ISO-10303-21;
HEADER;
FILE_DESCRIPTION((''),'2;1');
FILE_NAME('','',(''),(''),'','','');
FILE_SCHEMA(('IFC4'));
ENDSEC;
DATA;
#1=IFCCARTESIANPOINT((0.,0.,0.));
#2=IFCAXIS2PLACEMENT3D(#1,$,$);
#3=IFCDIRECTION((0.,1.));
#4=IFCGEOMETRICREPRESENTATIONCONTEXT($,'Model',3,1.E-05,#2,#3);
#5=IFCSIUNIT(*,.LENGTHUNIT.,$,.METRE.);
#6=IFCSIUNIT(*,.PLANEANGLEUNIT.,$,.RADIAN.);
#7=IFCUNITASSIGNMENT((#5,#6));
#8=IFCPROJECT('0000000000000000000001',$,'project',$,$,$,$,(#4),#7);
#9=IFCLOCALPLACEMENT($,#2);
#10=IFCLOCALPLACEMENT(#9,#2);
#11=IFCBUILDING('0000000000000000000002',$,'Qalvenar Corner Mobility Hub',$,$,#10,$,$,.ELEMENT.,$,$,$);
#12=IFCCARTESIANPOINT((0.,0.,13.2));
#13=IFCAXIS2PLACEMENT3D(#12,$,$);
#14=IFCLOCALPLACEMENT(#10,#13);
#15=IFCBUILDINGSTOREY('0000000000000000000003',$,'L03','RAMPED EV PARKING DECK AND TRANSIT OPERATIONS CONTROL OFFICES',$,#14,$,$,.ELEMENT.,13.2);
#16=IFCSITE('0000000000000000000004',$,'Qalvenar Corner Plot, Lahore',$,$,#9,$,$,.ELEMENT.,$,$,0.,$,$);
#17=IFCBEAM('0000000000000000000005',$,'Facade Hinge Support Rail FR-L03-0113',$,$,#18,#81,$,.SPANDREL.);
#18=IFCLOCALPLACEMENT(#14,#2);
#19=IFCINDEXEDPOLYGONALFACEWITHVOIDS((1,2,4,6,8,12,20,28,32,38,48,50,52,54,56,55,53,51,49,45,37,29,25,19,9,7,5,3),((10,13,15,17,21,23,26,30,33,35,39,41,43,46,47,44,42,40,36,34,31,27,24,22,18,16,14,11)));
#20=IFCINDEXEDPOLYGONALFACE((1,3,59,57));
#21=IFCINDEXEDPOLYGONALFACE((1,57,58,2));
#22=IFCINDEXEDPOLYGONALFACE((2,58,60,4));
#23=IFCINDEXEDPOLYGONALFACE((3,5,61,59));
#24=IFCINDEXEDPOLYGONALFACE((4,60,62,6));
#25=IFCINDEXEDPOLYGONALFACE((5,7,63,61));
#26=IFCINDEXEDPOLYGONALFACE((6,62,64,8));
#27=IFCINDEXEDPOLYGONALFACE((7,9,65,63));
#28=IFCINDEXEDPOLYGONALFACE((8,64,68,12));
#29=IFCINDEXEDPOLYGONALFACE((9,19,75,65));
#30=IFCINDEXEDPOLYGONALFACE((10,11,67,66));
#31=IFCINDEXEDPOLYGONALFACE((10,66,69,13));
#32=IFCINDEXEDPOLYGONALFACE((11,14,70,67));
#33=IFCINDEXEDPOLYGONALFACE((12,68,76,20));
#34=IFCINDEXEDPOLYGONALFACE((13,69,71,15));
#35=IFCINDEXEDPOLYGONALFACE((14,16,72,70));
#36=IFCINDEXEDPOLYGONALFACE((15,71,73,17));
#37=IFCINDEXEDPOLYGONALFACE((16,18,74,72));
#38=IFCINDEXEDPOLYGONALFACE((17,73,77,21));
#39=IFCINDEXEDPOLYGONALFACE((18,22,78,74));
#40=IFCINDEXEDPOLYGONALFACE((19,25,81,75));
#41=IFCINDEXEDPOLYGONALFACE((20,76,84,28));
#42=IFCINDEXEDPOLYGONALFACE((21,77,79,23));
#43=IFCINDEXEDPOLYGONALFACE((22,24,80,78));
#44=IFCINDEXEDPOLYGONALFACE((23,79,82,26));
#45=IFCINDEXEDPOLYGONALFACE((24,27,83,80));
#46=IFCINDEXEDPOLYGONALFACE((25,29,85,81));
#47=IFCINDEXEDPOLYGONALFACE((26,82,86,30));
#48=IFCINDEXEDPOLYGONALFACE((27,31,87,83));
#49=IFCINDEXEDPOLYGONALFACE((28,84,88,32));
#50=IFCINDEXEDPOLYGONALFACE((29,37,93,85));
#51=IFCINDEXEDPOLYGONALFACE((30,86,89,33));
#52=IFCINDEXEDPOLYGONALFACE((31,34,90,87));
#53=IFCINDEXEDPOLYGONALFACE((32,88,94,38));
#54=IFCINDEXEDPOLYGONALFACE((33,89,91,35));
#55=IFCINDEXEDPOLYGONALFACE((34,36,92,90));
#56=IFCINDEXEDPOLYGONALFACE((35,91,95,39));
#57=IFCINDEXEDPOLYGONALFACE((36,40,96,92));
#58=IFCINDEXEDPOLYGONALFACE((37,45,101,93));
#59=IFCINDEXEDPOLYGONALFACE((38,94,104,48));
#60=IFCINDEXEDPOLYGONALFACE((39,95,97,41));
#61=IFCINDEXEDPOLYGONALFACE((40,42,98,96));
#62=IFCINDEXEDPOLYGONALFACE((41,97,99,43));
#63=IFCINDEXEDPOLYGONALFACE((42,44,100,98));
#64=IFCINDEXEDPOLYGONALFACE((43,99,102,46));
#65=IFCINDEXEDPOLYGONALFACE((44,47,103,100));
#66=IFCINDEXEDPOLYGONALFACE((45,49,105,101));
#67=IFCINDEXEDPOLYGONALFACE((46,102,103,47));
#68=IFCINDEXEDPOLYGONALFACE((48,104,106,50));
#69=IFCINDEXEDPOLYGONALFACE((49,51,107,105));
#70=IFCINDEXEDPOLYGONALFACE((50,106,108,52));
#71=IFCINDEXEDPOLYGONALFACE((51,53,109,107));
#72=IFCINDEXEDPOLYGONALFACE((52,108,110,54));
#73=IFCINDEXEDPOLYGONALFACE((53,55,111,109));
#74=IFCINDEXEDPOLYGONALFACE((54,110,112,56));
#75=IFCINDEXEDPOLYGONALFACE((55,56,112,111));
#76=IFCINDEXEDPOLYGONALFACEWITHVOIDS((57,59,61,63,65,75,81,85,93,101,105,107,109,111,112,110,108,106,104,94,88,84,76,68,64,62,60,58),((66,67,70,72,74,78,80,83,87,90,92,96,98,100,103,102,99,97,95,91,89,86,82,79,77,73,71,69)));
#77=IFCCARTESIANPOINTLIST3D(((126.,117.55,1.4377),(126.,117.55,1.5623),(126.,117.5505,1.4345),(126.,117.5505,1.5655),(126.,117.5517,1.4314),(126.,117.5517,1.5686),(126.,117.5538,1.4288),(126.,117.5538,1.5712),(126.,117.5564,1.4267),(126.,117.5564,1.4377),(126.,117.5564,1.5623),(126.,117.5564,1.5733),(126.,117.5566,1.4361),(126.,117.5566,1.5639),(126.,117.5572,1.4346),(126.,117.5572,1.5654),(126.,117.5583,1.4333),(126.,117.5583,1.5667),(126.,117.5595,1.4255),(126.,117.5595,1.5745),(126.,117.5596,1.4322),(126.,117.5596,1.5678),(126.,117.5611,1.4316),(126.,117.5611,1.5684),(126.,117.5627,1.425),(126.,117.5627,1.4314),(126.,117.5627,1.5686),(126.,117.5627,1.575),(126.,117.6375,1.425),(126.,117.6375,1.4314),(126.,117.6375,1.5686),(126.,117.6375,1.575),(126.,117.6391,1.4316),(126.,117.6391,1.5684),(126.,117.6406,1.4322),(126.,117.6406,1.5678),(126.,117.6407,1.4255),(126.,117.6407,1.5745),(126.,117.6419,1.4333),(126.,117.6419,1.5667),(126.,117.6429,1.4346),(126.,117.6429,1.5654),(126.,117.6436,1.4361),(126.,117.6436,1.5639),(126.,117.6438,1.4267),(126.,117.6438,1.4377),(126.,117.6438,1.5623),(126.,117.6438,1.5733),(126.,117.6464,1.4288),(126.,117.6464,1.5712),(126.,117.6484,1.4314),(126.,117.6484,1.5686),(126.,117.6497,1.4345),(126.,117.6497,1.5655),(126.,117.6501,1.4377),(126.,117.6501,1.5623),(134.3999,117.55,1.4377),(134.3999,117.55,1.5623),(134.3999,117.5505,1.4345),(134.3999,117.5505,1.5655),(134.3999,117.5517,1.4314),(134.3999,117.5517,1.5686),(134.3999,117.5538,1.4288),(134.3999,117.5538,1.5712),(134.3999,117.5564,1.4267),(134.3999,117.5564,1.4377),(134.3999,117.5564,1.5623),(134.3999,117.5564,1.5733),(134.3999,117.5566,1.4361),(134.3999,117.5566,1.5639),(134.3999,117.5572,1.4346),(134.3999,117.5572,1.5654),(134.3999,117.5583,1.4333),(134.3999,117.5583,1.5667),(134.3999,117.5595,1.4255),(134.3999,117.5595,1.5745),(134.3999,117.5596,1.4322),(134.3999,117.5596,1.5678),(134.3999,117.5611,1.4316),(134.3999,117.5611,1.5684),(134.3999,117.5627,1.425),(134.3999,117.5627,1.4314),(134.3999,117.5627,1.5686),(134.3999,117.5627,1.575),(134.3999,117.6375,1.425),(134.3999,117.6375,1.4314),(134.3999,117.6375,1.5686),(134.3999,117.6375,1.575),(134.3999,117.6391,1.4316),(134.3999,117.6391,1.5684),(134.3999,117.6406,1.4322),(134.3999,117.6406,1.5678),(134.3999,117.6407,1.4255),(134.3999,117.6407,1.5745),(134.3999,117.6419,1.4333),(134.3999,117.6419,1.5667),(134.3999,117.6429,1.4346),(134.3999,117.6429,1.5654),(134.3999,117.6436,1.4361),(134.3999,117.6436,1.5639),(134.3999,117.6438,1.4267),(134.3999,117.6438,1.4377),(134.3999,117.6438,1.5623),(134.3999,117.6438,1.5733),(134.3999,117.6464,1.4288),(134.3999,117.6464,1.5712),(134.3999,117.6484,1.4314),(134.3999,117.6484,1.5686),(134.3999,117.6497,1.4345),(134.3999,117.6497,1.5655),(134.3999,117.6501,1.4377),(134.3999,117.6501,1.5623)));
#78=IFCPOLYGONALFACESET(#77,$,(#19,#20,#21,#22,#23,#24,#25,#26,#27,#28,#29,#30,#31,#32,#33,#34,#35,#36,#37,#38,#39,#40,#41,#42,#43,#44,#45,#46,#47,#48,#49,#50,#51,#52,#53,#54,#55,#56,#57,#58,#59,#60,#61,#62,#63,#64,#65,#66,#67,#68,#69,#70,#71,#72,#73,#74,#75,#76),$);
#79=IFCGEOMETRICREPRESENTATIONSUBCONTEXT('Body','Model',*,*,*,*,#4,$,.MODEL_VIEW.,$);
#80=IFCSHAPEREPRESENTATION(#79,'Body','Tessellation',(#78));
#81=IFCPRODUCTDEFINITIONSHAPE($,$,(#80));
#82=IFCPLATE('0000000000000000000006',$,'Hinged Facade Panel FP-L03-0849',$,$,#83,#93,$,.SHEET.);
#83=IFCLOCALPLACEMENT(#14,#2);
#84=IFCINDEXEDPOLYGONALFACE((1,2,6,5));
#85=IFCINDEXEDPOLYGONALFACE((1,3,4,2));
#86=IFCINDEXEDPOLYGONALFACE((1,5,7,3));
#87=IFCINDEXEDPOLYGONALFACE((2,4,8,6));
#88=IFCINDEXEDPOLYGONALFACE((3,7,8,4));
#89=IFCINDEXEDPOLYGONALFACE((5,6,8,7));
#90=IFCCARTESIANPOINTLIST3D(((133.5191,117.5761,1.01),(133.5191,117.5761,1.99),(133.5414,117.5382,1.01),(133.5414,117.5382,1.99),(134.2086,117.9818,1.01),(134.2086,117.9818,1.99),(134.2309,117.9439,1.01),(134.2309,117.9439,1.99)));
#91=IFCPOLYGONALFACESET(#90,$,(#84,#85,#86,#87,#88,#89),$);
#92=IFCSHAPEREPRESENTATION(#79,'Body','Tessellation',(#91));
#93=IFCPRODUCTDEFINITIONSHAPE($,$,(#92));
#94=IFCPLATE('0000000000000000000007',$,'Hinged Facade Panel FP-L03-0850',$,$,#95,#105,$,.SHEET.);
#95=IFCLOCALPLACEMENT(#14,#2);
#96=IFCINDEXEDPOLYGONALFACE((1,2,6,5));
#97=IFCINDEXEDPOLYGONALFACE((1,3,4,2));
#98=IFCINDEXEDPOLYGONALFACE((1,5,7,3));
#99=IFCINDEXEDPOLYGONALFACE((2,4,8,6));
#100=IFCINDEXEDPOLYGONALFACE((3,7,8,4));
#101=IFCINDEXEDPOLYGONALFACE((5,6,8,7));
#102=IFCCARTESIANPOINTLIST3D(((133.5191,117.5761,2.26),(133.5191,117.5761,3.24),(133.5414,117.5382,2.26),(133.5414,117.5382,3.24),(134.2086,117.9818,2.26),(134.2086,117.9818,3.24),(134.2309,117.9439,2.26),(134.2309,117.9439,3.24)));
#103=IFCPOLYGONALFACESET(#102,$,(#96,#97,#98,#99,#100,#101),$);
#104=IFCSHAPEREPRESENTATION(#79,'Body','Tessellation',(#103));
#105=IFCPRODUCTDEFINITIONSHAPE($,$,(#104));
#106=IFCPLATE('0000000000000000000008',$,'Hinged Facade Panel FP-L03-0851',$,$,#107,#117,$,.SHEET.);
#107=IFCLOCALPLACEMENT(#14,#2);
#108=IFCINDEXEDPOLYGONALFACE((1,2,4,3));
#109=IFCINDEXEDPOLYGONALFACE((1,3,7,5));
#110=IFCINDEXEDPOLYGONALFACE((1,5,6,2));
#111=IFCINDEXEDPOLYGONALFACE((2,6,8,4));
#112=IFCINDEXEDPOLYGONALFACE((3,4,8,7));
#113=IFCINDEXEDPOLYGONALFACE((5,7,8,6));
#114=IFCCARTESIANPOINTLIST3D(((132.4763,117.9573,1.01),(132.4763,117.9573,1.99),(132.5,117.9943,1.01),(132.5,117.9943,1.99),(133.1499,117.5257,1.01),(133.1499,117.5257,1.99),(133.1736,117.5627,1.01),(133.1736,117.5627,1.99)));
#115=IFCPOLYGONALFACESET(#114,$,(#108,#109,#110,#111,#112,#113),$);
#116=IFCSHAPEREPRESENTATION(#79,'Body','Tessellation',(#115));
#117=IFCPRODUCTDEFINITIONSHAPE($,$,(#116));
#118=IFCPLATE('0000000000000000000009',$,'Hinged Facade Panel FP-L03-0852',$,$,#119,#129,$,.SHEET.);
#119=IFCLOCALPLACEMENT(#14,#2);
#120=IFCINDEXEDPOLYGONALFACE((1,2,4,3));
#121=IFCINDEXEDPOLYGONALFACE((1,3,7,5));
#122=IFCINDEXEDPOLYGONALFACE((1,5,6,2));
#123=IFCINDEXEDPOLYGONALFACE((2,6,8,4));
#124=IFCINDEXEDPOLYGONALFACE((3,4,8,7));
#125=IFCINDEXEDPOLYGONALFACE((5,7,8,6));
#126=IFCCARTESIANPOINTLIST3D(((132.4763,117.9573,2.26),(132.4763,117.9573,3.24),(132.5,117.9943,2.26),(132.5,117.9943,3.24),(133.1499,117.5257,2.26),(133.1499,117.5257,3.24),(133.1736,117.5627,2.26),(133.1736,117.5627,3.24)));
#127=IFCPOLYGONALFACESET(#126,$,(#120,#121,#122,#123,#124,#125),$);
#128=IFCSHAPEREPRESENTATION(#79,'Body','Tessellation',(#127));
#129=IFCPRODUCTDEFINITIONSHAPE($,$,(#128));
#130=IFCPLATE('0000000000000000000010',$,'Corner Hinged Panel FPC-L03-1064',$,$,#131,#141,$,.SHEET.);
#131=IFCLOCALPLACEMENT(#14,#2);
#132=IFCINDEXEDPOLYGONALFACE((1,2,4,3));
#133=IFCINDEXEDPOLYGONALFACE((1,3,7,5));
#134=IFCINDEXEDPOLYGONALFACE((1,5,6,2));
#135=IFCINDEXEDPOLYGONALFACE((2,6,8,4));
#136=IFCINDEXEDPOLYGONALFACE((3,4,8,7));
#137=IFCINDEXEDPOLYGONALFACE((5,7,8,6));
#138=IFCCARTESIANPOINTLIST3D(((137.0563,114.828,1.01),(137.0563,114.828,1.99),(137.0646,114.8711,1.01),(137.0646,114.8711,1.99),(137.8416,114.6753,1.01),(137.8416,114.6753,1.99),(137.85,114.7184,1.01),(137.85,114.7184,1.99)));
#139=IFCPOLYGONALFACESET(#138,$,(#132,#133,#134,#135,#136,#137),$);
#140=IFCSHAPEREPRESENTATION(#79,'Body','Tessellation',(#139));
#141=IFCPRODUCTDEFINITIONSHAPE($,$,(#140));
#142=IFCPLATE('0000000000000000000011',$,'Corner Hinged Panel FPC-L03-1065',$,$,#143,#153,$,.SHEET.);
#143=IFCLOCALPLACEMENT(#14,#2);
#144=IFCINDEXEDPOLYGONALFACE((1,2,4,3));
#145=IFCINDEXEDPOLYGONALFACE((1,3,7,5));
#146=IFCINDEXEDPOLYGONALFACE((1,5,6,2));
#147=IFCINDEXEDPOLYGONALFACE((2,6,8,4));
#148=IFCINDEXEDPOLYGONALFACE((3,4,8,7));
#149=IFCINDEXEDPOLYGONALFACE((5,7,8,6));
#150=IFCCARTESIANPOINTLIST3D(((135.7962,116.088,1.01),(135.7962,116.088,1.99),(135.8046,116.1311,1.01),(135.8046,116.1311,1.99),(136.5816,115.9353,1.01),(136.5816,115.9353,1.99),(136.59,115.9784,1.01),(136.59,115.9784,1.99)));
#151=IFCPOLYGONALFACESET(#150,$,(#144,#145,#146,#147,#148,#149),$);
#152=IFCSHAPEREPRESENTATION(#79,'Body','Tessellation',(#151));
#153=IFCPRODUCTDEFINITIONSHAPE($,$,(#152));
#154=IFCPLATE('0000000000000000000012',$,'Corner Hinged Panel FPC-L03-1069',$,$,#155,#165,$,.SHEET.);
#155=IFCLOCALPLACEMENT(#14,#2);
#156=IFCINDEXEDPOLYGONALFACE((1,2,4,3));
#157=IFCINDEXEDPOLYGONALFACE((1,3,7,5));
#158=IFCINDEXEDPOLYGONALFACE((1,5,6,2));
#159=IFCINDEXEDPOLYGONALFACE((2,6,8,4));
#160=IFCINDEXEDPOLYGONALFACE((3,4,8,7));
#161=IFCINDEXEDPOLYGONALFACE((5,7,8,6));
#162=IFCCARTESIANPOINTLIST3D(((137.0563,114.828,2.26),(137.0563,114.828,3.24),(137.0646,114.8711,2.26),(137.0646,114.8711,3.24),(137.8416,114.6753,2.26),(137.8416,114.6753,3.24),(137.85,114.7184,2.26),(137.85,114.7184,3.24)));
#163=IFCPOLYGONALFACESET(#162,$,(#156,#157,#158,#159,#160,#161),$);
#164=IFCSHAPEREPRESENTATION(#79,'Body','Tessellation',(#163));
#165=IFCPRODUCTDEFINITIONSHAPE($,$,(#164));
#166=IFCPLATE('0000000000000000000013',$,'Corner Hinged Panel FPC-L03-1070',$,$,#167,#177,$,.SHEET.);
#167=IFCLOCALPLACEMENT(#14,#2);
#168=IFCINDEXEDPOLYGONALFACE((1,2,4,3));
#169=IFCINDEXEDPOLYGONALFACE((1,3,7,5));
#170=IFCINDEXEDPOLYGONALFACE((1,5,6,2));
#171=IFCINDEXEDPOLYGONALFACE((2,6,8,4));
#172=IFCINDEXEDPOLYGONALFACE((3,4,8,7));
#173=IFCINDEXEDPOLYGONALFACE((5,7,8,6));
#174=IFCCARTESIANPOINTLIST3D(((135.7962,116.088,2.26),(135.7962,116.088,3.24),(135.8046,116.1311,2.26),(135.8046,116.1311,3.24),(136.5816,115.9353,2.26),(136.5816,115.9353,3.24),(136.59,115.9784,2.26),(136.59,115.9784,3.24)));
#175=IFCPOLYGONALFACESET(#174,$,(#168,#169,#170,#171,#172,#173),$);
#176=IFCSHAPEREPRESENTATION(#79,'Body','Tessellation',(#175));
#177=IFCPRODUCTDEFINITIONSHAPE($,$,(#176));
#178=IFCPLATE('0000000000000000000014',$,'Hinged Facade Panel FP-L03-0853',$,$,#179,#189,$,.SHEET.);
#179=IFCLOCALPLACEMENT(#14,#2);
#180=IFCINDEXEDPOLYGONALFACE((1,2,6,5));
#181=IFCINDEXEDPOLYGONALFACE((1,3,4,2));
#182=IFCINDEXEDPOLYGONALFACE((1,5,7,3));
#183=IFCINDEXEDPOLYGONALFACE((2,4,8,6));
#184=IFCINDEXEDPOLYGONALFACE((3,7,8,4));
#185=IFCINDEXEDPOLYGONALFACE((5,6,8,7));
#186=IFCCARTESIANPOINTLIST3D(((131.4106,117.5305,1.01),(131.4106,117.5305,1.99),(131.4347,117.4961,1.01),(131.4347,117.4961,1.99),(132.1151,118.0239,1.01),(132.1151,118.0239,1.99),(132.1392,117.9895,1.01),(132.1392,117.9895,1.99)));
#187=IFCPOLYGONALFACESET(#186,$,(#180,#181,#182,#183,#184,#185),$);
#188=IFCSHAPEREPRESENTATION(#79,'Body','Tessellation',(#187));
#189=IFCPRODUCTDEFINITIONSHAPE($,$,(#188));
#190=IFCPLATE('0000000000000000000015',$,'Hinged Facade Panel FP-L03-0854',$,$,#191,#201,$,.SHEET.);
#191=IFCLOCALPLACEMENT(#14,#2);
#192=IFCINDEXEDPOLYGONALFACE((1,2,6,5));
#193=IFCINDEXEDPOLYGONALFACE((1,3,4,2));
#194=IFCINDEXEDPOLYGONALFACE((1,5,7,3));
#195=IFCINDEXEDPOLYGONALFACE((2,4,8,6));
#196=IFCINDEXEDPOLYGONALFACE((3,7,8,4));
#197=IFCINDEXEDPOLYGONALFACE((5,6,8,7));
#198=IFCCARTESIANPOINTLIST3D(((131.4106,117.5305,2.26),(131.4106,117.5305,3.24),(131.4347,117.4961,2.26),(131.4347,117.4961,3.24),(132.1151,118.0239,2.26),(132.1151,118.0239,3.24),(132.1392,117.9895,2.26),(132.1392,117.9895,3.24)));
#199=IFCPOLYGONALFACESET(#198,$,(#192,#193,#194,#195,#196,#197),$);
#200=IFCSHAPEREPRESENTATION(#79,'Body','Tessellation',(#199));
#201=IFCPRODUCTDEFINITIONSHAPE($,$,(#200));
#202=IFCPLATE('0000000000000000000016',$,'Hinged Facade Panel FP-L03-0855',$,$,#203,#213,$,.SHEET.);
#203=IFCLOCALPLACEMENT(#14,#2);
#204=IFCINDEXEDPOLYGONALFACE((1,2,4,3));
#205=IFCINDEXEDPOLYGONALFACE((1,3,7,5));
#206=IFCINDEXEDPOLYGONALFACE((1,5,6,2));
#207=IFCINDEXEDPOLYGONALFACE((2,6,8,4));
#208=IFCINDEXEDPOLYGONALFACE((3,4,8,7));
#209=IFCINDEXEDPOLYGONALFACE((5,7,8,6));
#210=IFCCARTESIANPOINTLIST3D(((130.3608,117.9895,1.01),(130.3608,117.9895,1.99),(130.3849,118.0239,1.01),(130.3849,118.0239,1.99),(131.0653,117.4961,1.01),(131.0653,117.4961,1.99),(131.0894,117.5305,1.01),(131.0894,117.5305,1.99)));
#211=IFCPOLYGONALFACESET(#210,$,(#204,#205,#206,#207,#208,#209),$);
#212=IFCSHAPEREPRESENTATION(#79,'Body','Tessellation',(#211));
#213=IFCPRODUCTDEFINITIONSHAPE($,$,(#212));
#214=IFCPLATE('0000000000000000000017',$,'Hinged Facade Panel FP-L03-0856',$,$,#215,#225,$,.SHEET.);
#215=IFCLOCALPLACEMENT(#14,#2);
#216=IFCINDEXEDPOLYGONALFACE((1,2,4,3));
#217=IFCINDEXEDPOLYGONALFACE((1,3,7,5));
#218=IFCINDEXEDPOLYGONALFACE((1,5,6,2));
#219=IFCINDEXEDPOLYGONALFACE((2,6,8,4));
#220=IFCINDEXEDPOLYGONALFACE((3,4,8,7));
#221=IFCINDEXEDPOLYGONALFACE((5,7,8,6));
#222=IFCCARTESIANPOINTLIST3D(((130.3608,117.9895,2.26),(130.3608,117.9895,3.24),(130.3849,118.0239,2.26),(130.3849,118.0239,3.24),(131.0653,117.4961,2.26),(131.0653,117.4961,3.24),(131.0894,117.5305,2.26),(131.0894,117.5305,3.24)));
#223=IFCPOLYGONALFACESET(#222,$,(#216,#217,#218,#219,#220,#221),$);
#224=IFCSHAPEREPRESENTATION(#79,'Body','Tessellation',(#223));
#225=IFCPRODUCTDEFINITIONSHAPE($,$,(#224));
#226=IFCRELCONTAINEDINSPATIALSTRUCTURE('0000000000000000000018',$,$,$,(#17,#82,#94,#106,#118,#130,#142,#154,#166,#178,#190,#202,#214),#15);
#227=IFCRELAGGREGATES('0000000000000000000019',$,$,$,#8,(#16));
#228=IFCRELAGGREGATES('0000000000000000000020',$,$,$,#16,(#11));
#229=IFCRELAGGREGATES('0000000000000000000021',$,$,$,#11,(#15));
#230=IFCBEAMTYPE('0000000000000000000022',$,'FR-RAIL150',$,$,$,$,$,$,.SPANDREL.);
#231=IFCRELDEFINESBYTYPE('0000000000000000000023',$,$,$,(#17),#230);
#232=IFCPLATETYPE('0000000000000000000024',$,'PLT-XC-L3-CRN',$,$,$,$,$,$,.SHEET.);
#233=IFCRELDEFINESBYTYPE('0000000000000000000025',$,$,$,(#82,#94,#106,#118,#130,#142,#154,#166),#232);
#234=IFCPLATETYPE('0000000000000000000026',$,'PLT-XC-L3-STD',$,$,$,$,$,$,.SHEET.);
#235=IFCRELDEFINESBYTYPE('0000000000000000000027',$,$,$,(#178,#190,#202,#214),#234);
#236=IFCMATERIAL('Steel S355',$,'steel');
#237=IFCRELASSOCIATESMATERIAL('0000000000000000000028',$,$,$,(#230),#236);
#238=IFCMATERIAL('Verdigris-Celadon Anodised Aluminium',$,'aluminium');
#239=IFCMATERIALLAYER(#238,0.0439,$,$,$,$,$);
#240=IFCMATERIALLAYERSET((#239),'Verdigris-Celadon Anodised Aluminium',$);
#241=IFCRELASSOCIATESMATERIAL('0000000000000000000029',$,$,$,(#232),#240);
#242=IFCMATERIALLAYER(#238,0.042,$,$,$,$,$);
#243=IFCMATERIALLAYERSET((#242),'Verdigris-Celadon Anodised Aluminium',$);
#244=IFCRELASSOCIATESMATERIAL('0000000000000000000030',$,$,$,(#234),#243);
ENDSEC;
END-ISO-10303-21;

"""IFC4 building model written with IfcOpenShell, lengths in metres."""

from ifc_helpers import new_model, si_unit, direction, frame, origin, origin_2d, place, context, subcontext, project, spatial, rectangle, hollow_rectangle, extrude, material, layer, layer_set, material_profile, profile_set, type_object, element, save


model = new_model("IFC4")

# Units and contexts
model_context = context("Model", 3, precision=1e-05, world=origin(), true_north=direction((0.0, 1.0)))
body_context = subcontext(model_context, "Body", "Model", "MODEL_VIEW")
ifc_project = project(units=[si_unit("LENGTHUNIT", "METRE"), si_unit("PLANEANGLEUNIT", "RADIAN")], contexts=[model_context])

# Site, building, storey
site_placement = place(None, origin())
site = spatial("IfcSite", under=ifc_project, at=site_placement, Name="Qalvenar Corner Plot, Lahore", CompositionType="ELEMENT", RefElevation=0.0)
building_placement = place(site_placement, origin())
building = spatial("IfcBuilding", under=site, at=building_placement, Name="Qalvenar Corner Mobility Hub", CompositionType="ELEMENT")
storey_placement = place(building_placement, frame((0.0, 0.0, 13.2)))
storey = spatial("IfcBuildingStorey", under=building, at=storey_placement, Name="L03", Description="RAMPED EV PARKING DECK AND TRANSIT OPERATIONS CONTROL OFFICES", CompositionType="ELEMENT", Elevation=13.2)

# Shared definitions
ifc_material_1 = material(Name="Steel S355", Category="steel")

# Beam
ifc_material_profile_1 = material_profile(ifc_material_1, hollow_rectangle(XDim=0.1001, YDim=0.1499, WallThickness=0.0063, InnerFilletRadius=0.0063, OuterFilletRadius=0.0127, at=origin_2d()), Name="RHS150x100x6.3")
ifc_profile_set_1 = profile_set([ifc_material_profile_1], Name="Steel S355")
beam_type_1 = type_object("IfcBeamType", Name="FR-RAIL150", PredefinedType="SPANDREL", material=ifc_profile_set_1)
beam_1_placement = place(storey_placement, frame((134.3999, 117.6001, 1.5), z_axis=(-1.0, 0.0, 0.0), x_axis=(0.0, -1.0, 0.0)))
element("IfcBeam", 1, at=beam_1_placement, inside=storey, type_object=beam_type_1, Name="Facade Hinge Support Rail FR-L03-0113", PredefinedType="SPANDREL", context=body_context, shape_type="SweptSolid", body=[
    extrude(hollow_rectangle(XDim=0.1001, YDim=0.1499, WallThickness=0.0063, InnerFilletRadius=0.0063, OuterFilletRadius=0.0127, at=origin_2d()), origin(), (0.0, 0.0, 1.0), 8.3999),
])

# Plates
ifc_material_2 = material(Name="Verdigris-Celadon Anodised Aluminium", Category="aluminium")
ifc_layer_1 = layer(ifc_material_2, 0.0439)
ifc_layer_set_1 = layer_set([ifc_layer_1], Name="Verdigris-Celadon Anodised Aluminium")
plate_type_1 = type_object("IfcPlateType", Name="PLT-XC-L3-CRN", PredefinedType="SHEET", material=ifc_layer_set_1)
for number, where, z_axis, x_axis, name in (
    (2, (133.875, 117.76, 1.01), (0.0, 0.0, 1.0), (-0.861895, -0.507087, 0.0), "Hinged Facade Panel FP-L03-0849"),
    (3, (133.875, 117.76, 2.26), (0.0, 0.0, 1.0), (-0.861895, -0.507087, 0.0), "Hinged Facade Panel FP-L03-0850"),
    (4, (132.825, 117.76, 1.01), (0.0, 0.0, 1.0), (-0.841982, 0.539506, 0.0), "Hinged Facade Panel FP-L03-0851"),
    (5, (132.825, 117.76, 2.26), (0.0, 0.0, 1.0), (-0.841982, 0.539506, 0.0), "Hinged Facade Panel FP-L03-0852"),
    (6, (137.4531, 114.7732, 1.01), (0.0, 0.0, 1.0), (-0.981627, 0.190809, 0.0), "Corner Hinged Panel FPC-L03-1064"),
    (7, (136.1931, 116.0332, 1.01), (0.0, 0.0, 1.0), (-0.981627, 0.190809, 0.0), "Corner Hinged Panel FPC-L03-1065"),
    (8, (137.4531, 114.7732, 2.26), (0.0, 0.0, 1.0), (-0.981627, 0.190809, 0.0), "Corner Hinged Panel FPC-L03-1069"),
    (9, (136.1931, 116.0332, 2.26), (0.0, 0.0, 1.0), (-0.981627, 0.190809, 0.0), "Corner Hinged Panel FPC-L03-1070"),
):
    element("IfcPlate", number, at=place(storey_placement, frame(where, z_axis=z_axis, x_axis=x_axis)), inside=storey, type_object=plate_type_1, Name=name, PredefinedType="SHEET", context=body_context, shape_type="SweptSolid", body=[
        extrude(rectangle(XDim=0.8, YDim=0.0439, at=origin_2d()), origin(), (0.0, 0.0, 1.0), 0.98),
    ])
ifc_layer_2 = layer(ifc_material_2, 0.042)
ifc_layer_set_2 = layer_set([ifc_layer_2], Name="Verdigris-Celadon Anodised Aluminium")
plate_type_2 = type_object("IfcPlateType", Name="PLT-XC-L3-STD", PredefinedType="SHEET", material=ifc_layer_set_2)
for number, where, z_axis, x_axis, name in (
    (10, (131.7749, 117.76, 1.01), (0.0, 0.0, 1.0), (-0.819152, -0.573576, 0.0), "Hinged Facade Panel FP-L03-0853"),
    (11, (131.7749, 117.76, 2.26), (0.0, 0.0, 1.0), (-0.819152, -0.573576, 0.0), "Hinged Facade Panel FP-L03-0854"),
    (12, (130.7251, 117.76, 1.01), (0.0, 0.0, 1.0), (-0.819152, 0.573576, 0.0), "Hinged Facade Panel FP-L03-0855"),
    (13, (130.7251, 117.76, 2.26), (0.0, 0.0, 1.0), (-0.819152, 0.573576, 0.0), "Hinged Facade Panel FP-L03-0856"),
):
    element("IfcPlate", number, at=place(storey_placement, frame(where, z_axis=z_axis, x_axis=x_axis)), inside=storey, type_object=plate_type_2, Name=name, PredefinedType="SHEET", context=body_context, shape_type="SweptSolid", body=[
        extrude(rectangle(XDim=0.8601, YDim=0.042, at=origin_2d()), origin(), (0.0, 0.0, 1.0), 0.98),
    ])

save(model, "model.ifc")
